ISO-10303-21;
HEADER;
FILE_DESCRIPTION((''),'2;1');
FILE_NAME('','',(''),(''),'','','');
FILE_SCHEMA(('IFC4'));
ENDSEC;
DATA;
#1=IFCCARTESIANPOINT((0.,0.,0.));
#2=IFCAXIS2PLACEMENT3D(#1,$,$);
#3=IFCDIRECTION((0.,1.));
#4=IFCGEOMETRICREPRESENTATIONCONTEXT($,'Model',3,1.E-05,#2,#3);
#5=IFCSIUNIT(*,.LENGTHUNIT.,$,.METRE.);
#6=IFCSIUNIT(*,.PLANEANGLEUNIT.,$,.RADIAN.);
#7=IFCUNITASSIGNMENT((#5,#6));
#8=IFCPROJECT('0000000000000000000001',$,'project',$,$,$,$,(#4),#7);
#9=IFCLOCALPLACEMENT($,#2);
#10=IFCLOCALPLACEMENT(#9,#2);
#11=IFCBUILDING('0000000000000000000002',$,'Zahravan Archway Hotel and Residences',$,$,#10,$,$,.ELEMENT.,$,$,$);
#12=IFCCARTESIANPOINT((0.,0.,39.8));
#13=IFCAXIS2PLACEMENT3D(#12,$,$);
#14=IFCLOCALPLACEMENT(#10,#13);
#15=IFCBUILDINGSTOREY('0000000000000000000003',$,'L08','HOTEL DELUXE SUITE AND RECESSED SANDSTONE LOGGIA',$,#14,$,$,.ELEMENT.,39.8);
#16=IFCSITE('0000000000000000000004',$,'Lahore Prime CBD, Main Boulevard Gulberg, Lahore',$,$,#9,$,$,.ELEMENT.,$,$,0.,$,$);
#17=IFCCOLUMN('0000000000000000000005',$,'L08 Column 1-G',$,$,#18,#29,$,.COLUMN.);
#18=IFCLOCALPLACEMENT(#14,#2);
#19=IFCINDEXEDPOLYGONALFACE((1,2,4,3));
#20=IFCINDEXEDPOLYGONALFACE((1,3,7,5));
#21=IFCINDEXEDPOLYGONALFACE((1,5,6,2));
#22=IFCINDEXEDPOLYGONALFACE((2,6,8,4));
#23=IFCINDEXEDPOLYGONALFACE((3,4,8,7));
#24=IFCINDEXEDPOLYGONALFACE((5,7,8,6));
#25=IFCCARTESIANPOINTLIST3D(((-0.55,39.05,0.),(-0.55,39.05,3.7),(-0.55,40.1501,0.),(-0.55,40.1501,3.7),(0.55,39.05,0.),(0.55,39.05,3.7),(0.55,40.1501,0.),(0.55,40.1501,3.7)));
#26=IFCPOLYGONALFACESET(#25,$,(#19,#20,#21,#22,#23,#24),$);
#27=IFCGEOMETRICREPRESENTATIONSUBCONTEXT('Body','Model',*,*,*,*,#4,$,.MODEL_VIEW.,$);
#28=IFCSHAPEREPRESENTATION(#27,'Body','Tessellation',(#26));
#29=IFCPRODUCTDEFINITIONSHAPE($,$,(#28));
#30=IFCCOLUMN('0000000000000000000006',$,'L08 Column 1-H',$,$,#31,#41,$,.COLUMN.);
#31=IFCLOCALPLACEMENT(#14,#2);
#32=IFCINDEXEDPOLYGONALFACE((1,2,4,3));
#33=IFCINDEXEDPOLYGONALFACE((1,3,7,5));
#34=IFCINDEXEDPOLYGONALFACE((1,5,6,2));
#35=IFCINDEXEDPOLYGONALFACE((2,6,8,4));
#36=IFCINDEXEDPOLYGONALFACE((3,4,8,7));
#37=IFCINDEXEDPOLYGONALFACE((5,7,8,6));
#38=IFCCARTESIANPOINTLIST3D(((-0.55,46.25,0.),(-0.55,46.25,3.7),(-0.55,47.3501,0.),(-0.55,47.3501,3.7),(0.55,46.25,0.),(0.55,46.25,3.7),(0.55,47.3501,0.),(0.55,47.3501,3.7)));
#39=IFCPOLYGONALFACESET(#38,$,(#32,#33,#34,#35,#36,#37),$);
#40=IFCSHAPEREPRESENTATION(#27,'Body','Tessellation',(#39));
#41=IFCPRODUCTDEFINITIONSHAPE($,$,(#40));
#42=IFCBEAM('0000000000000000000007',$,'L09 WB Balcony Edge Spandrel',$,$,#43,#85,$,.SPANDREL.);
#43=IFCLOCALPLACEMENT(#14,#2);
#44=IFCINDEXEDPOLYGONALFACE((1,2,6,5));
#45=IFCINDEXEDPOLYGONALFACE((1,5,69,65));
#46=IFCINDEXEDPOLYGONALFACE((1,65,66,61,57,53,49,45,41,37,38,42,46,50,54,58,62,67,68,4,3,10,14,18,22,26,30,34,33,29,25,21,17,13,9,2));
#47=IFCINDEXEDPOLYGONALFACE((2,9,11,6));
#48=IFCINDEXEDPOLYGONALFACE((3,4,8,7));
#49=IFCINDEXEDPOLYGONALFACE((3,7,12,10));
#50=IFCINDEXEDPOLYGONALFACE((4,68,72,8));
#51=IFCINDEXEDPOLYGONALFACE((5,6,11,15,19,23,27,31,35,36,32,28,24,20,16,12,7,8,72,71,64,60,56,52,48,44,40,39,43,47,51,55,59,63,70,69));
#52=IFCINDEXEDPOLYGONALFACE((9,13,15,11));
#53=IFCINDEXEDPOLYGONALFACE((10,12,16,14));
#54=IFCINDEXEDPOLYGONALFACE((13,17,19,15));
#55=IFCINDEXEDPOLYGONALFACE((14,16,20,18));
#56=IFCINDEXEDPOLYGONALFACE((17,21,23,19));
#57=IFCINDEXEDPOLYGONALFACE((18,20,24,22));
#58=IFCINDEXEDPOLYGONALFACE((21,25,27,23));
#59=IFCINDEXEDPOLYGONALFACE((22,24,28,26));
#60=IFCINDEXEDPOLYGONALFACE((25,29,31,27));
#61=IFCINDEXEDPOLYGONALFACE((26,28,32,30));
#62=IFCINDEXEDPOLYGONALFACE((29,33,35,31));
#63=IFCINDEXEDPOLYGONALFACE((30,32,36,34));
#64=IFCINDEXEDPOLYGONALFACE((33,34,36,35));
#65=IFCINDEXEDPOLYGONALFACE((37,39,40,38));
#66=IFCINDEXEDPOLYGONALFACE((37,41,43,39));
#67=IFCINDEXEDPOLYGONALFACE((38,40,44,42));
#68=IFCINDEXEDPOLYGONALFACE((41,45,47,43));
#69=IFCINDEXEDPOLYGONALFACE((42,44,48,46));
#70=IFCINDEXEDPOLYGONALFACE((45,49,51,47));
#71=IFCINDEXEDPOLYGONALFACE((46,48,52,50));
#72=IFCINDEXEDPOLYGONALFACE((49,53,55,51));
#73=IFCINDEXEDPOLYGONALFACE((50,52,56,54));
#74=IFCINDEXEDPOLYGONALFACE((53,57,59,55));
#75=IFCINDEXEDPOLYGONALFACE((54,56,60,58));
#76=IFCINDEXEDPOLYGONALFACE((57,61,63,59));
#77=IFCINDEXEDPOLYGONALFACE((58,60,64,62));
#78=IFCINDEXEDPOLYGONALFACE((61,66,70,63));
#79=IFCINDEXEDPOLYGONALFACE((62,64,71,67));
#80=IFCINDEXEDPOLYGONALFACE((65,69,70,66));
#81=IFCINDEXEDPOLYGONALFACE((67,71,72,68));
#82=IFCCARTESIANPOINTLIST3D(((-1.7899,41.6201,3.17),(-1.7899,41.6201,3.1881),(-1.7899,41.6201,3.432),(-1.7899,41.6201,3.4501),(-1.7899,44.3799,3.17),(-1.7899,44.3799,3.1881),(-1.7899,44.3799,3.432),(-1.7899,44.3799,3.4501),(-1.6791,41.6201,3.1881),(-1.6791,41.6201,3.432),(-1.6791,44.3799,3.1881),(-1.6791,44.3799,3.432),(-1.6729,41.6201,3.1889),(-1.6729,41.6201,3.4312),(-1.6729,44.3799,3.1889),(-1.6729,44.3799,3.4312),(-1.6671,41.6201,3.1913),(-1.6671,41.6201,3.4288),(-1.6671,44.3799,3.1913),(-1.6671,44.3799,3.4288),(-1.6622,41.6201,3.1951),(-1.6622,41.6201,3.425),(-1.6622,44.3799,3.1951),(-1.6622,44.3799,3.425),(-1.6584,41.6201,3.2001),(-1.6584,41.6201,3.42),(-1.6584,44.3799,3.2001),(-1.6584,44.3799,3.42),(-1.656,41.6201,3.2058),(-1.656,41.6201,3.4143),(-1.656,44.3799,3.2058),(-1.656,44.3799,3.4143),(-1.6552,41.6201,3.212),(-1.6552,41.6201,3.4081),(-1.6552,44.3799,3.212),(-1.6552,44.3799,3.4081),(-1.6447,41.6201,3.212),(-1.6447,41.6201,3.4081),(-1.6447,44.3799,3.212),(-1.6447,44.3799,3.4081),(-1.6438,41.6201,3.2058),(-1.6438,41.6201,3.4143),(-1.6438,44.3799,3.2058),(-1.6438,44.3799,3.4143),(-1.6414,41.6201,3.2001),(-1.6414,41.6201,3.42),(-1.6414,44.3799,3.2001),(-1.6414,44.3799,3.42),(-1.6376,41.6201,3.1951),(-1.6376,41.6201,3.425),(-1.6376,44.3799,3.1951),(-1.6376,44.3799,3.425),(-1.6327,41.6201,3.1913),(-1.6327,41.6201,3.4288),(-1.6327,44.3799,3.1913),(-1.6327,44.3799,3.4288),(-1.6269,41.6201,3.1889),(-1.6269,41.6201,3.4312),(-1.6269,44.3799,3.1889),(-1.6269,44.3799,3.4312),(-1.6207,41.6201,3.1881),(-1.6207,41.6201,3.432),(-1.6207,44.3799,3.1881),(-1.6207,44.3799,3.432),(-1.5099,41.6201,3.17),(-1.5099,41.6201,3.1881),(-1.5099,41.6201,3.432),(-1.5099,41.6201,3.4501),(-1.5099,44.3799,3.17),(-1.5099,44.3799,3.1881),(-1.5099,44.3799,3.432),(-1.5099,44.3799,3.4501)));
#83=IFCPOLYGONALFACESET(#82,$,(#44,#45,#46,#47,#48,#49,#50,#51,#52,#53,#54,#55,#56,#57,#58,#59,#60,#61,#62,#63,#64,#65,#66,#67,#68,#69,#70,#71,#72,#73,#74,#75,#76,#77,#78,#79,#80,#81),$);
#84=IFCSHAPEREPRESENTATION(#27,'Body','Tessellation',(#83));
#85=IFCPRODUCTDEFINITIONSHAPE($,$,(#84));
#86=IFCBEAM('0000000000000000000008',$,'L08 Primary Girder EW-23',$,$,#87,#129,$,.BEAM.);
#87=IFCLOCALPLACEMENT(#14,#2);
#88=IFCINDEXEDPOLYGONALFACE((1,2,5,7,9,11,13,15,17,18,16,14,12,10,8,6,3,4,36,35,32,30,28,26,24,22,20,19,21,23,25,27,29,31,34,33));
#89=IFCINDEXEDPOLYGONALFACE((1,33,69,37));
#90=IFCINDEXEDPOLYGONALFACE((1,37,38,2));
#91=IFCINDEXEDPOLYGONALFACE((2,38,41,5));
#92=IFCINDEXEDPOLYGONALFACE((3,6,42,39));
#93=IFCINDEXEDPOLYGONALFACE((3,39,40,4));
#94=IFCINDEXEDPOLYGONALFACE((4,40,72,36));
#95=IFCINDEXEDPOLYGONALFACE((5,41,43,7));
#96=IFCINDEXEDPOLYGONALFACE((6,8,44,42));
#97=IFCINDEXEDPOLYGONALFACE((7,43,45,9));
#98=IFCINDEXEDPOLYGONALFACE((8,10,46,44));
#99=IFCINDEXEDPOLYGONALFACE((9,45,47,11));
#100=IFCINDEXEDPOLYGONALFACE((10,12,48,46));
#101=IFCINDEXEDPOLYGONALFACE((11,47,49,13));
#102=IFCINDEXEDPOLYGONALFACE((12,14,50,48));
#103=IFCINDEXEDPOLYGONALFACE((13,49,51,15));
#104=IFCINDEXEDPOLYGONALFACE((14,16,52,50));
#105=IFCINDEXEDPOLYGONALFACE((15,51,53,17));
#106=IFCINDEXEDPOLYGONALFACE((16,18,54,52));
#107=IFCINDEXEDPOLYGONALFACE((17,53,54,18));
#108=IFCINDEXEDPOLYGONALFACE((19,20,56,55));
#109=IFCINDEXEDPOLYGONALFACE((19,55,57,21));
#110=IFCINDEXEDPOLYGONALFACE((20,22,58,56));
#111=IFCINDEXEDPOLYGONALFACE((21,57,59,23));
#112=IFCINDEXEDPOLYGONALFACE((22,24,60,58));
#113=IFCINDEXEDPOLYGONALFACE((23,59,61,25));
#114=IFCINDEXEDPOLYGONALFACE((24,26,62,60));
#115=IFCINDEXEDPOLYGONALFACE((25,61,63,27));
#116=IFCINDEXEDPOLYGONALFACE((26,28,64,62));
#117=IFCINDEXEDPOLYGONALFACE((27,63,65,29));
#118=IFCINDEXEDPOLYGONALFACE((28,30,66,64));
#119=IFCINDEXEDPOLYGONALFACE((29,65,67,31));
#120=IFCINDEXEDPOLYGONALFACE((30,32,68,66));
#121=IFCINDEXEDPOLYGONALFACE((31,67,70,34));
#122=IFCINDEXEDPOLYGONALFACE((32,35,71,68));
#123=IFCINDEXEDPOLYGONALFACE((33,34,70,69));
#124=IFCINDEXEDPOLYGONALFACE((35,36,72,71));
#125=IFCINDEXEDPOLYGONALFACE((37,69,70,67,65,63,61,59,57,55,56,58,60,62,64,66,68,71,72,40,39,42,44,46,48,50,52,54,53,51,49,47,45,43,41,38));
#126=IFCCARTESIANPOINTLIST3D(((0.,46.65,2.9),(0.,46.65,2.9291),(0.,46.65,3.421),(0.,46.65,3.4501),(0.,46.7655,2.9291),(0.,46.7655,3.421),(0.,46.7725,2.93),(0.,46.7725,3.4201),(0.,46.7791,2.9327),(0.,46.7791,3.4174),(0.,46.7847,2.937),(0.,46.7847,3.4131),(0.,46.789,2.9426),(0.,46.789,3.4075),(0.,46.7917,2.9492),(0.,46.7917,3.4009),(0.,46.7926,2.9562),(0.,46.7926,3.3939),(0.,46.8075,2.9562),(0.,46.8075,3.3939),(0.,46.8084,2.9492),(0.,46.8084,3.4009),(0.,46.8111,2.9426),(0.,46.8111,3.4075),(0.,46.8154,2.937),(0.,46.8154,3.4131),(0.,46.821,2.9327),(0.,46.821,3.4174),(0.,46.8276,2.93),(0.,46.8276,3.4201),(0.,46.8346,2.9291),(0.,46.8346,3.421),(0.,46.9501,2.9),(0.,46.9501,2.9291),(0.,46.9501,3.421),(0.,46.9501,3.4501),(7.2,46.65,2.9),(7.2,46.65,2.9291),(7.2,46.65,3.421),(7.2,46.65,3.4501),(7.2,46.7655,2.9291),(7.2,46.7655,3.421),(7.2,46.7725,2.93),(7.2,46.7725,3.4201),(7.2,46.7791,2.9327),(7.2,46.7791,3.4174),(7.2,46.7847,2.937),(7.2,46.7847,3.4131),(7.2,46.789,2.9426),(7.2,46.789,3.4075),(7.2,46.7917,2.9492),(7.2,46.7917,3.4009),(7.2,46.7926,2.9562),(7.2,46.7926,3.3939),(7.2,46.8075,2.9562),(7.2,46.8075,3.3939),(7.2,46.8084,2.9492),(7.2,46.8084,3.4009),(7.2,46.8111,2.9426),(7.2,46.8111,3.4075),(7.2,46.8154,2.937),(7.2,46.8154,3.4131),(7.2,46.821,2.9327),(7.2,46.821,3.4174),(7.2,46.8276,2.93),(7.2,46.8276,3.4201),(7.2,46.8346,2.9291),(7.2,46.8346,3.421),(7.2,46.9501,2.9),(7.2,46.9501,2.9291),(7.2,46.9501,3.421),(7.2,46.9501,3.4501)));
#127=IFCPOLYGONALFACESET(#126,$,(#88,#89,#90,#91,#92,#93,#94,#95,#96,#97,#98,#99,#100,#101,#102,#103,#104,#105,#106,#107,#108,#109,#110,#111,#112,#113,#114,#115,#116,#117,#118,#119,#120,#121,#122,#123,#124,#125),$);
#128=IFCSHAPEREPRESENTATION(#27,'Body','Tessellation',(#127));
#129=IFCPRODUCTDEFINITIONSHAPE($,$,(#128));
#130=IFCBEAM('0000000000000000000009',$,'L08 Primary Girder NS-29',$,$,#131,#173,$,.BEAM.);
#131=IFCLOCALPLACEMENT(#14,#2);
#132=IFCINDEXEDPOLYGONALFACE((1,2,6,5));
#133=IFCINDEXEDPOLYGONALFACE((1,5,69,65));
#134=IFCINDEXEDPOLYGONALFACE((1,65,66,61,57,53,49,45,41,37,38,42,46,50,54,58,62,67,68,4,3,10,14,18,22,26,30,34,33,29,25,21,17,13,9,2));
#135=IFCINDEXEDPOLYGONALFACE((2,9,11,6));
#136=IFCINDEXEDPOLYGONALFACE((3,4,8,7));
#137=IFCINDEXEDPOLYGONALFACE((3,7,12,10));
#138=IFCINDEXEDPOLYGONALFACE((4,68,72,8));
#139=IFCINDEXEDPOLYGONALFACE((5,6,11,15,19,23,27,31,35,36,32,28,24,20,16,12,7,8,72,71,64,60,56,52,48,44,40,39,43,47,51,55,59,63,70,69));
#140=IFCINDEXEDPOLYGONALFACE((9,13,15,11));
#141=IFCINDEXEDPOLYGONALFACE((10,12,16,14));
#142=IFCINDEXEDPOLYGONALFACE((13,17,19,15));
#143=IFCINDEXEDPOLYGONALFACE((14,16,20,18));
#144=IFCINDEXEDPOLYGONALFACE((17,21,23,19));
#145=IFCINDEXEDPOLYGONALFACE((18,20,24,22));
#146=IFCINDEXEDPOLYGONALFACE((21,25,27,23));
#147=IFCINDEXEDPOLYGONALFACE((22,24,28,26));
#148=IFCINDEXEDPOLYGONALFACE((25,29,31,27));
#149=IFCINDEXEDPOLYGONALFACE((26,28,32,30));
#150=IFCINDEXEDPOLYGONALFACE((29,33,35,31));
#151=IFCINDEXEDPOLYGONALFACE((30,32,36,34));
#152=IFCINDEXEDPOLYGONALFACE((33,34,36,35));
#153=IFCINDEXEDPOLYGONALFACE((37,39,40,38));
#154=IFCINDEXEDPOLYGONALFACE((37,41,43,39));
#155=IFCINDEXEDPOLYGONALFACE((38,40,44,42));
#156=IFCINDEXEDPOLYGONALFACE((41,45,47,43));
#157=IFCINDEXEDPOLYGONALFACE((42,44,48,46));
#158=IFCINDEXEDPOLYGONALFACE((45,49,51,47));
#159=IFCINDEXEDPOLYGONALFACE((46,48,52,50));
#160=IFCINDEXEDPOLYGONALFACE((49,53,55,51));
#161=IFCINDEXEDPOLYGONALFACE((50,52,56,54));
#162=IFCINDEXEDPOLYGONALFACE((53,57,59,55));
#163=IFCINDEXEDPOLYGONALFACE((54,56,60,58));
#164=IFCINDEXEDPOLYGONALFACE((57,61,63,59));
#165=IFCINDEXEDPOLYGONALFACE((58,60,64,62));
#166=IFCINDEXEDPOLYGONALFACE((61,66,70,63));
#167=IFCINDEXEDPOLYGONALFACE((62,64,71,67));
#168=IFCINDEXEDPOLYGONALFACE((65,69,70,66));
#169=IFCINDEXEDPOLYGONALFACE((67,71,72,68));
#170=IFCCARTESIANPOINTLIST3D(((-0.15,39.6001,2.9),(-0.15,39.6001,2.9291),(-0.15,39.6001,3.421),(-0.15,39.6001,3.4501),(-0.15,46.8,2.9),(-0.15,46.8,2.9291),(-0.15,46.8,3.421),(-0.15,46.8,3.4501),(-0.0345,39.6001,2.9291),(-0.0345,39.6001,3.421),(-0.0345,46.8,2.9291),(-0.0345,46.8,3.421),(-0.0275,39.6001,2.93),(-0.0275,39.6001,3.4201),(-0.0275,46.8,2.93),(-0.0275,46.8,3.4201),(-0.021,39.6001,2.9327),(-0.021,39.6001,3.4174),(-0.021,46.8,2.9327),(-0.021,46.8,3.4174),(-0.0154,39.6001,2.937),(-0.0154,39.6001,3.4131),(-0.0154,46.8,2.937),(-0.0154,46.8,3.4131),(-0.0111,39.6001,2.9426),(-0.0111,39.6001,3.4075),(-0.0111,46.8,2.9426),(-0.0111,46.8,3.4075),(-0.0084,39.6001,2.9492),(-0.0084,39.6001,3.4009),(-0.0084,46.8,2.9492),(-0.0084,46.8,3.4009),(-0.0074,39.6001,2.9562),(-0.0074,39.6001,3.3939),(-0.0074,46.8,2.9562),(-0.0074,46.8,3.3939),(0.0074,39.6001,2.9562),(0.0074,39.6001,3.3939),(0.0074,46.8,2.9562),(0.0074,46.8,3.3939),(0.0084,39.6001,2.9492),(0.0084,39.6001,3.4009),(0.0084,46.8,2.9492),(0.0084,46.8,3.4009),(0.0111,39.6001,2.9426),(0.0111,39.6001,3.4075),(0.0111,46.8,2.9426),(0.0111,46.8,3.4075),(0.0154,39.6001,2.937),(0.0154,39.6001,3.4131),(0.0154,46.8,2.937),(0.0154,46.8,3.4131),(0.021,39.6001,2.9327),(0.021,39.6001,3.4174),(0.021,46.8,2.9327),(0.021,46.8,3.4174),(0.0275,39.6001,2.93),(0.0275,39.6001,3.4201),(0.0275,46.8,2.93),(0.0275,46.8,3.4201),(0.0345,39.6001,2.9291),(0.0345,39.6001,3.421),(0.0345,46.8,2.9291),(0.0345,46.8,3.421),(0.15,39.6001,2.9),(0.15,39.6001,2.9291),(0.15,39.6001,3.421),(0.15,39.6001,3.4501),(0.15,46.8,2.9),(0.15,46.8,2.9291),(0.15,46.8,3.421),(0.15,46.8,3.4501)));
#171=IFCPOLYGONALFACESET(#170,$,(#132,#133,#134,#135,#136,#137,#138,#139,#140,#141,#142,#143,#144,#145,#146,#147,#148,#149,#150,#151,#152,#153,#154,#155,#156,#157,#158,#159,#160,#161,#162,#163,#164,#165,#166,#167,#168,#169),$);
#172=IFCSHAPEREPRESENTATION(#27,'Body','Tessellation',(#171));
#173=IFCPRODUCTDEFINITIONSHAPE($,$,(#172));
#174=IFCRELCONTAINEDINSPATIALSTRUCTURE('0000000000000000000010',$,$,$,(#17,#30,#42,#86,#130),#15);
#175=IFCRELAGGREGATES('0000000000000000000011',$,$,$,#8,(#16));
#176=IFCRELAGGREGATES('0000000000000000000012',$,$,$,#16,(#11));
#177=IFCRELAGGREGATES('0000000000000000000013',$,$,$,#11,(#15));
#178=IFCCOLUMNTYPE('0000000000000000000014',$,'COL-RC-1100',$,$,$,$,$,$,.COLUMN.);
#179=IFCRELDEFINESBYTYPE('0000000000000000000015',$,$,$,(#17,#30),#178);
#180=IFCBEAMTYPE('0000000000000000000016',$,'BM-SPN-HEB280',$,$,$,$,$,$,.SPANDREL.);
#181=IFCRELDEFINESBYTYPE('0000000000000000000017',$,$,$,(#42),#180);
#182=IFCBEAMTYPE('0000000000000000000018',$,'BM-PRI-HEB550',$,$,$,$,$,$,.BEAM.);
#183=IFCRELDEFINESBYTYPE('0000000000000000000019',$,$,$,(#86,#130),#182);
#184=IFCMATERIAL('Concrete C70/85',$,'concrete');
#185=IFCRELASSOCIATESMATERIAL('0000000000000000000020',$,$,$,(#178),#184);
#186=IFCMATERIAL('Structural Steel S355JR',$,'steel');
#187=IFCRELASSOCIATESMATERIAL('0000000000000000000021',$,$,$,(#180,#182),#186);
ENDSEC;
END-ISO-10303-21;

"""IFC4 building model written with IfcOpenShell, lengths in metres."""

from ifc_helpers import new_model, si_unit, direction, frame, origin, origin_2d, place, context, subcontext, project, spatial, rectangle, i_section, extrude, source, transform, mapped, material, material_profile, profile_set, type_object, element, save


model = new_model("IFC4")

# Units and contexts
model_context = context("Model", 3, precision=1e-05, world=origin(), true_north=direction((0.0, 1.0)))
body_context = subcontext(model_context, "Body", "Model", "MODEL_VIEW")
ifc_project = project(units=[si_unit("LENGTHUNIT", "METRE"), si_unit("PLANEANGLEUNIT", "RADIAN")], contexts=[model_context])

# Site, building, storey
site_placement = place(None, origin())
site = spatial("IfcSite", under=ifc_project, at=site_placement, Name="Lahore Prime CBD, Main Boulevard Gulberg, Lahore", CompositionType="ELEMENT", RefElevation=0.0)
building_placement = place(site_placement, origin())
building = spatial("IfcBuilding", under=site, at=building_placement, Name="Zahravan Archway Hotel and Residences", CompositionType="ELEMENT")
storey_placement = place(building_placement, frame((0.0, 0.0, 39.8)))
storey = spatial("IfcBuildingStorey", under=building, at=storey_placement, Name="L08", Description="HOTEL DELUXE SUITE AND RECESSED SANDSTONE LOGGIA", CompositionType="ELEMENT", Elevation=39.8)

# Columns
ifc_material_1 = material(Name="Concrete C70/85", Category="concrete")
ifc_material_profile_1 = material_profile(ifc_material_1, rectangle(XDim=1.1001, YDim=1.1001, at=origin_2d()), Name="RC 1100x1100", Category="concrete")
ifc_profile_set_1 = profile_set([ifc_material_profile_1], Name="Concrete C70/85")
column_type = type_object("IfcColumnType", Name="COL-RC-1100", PredefinedType="COLUMN", material=ifc_profile_set_1)
shared_shape_1 = source(origin(), body_context, "Body", "SweptSolid", [
    extrude(rectangle(XDim=1.1001, YDim=1.1001, at=origin_2d()), origin(), (0.0, 0.0, 1.0), 3.7),
])
for number, where, z_axis, x_axis, name in (
    (1, (0.0, 39.6001, 0.0), (0.0, 0.0, 1.0), (1.0, 0.0, 0.0), "L08 Column 1-G"),
    (2, (0.0, 46.8, 0.0), (0.0, 0.0, 1.0), (1.0, 0.0, 0.0), "L08 Column 1-H"),
):
    element("IfcColumn", number, at=place(storey_placement, frame(where, z_axis=z_axis, x_axis=x_axis)), inside=storey, type_object=column_type, Name=name, PredefinedType="COLUMN", context=body_context, shape_type="MappedRepresentation", body=[
        mapped(shared_shape_1, transform((0.0, 0.0, 0.0), scale=1.0)),
    ])

# Beams
ifc_material_2 = material(Name="Structural Steel S355JR", Category="steel")
ifc_material_profile_2 = material_profile(ifc_material_2, i_section(OverallWidth=0.28, OverallDepth=0.28, WebThickness=0.0105, FlangeThickness=0.0181, FilletRadius=0.0239, at=origin_2d()), Name="HEB 280", Category="steel")
ifc_profile_set_2 = profile_set([ifc_material_profile_2], Name="Structural Steel S355JR")
beam_type_1 = type_object("IfcBeamType", Name="BM-SPN-HEB280", PredefinedType="SPANDREL", material=ifc_profile_set_2)
shared_shape_2 = source(origin(), body_context, "Body", "SweptSolid", [
    extrude(i_section(OverallWidth=0.28, OverallDepth=0.28, WebThickness=0.0105, FlangeThickness=0.0181, FilletRadius=0.0239, at=origin_2d()), origin(), (0.0, 0.0, 1.0), 2.7598),
])
beam_placement = place(storey_placement, frame((-1.6499, 41.6201, 3.3101), z_axis=(0.0, 1.0, 0.0), x_axis=(-1.0, 0.0, 0.0)))
element("IfcBeam", 3, at=beam_placement, inside=storey, type_object=beam_type_1, Name="L09 WB Balcony Edge Spandrel", PredefinedType="SPANDREL", context=body_context, shape_type="MappedRepresentation", body=[
    mapped(shared_shape_2, transform((0.0, 0.0, 0.0), scale=1.0)),
])
ifc_material_profile_3 = material_profile(ifc_material_2, i_section(OverallWidth=0.3, OverallDepth=0.55, WebThickness=0.0149, FlangeThickness=0.0291, FilletRadius=0.0271, at=origin_2d()), Name="HEB 550", Category="steel")
ifc_profile_set_3 = profile_set([ifc_material_profile_3], Name="Structural Steel S355JR")
beam_type_2 = type_object("IfcBeamType", Name="BM-PRI-HEB550", PredefinedType="BEAM", material=ifc_profile_set_3)
shared_shape_3 = source(origin(), body_context, "Body", "SweptSolid", [
    extrude(i_section(OverallWidth=0.3, OverallDepth=0.55, WebThickness=0.0149, FlangeThickness=0.0291, FilletRadius=0.0271, at=origin_2d()), origin(), (0.0, 0.0, 1.0), 7.2),
])
for number, where, z_axis, x_axis, name in (
    (4, (0.0, 46.8, 3.175), (1.0, 0.0, 0.0), (0.0, 1.0, 0.0), "L08 Primary Girder EW-23"),
    (5, (0.0, 39.6001, 3.175), (0.0, 1.0, 0.0), (-1.0, 0.0, 0.0), "L08 Primary Girder NS-29"),
):
    element("IfcBeam", number, at=place(storey_placement, frame(where, z_axis=z_axis, x_axis=x_axis)), inside=storey, type_object=beam_type_2, Name=name, PredefinedType="BEAM", context=body_context, shape_type="MappedRepresentation", body=[
        mapped(shared_shape_3, transform((0.0, 0.0, 0.0), scale=1.0)),
    ])

save(model, "model.ifc")
